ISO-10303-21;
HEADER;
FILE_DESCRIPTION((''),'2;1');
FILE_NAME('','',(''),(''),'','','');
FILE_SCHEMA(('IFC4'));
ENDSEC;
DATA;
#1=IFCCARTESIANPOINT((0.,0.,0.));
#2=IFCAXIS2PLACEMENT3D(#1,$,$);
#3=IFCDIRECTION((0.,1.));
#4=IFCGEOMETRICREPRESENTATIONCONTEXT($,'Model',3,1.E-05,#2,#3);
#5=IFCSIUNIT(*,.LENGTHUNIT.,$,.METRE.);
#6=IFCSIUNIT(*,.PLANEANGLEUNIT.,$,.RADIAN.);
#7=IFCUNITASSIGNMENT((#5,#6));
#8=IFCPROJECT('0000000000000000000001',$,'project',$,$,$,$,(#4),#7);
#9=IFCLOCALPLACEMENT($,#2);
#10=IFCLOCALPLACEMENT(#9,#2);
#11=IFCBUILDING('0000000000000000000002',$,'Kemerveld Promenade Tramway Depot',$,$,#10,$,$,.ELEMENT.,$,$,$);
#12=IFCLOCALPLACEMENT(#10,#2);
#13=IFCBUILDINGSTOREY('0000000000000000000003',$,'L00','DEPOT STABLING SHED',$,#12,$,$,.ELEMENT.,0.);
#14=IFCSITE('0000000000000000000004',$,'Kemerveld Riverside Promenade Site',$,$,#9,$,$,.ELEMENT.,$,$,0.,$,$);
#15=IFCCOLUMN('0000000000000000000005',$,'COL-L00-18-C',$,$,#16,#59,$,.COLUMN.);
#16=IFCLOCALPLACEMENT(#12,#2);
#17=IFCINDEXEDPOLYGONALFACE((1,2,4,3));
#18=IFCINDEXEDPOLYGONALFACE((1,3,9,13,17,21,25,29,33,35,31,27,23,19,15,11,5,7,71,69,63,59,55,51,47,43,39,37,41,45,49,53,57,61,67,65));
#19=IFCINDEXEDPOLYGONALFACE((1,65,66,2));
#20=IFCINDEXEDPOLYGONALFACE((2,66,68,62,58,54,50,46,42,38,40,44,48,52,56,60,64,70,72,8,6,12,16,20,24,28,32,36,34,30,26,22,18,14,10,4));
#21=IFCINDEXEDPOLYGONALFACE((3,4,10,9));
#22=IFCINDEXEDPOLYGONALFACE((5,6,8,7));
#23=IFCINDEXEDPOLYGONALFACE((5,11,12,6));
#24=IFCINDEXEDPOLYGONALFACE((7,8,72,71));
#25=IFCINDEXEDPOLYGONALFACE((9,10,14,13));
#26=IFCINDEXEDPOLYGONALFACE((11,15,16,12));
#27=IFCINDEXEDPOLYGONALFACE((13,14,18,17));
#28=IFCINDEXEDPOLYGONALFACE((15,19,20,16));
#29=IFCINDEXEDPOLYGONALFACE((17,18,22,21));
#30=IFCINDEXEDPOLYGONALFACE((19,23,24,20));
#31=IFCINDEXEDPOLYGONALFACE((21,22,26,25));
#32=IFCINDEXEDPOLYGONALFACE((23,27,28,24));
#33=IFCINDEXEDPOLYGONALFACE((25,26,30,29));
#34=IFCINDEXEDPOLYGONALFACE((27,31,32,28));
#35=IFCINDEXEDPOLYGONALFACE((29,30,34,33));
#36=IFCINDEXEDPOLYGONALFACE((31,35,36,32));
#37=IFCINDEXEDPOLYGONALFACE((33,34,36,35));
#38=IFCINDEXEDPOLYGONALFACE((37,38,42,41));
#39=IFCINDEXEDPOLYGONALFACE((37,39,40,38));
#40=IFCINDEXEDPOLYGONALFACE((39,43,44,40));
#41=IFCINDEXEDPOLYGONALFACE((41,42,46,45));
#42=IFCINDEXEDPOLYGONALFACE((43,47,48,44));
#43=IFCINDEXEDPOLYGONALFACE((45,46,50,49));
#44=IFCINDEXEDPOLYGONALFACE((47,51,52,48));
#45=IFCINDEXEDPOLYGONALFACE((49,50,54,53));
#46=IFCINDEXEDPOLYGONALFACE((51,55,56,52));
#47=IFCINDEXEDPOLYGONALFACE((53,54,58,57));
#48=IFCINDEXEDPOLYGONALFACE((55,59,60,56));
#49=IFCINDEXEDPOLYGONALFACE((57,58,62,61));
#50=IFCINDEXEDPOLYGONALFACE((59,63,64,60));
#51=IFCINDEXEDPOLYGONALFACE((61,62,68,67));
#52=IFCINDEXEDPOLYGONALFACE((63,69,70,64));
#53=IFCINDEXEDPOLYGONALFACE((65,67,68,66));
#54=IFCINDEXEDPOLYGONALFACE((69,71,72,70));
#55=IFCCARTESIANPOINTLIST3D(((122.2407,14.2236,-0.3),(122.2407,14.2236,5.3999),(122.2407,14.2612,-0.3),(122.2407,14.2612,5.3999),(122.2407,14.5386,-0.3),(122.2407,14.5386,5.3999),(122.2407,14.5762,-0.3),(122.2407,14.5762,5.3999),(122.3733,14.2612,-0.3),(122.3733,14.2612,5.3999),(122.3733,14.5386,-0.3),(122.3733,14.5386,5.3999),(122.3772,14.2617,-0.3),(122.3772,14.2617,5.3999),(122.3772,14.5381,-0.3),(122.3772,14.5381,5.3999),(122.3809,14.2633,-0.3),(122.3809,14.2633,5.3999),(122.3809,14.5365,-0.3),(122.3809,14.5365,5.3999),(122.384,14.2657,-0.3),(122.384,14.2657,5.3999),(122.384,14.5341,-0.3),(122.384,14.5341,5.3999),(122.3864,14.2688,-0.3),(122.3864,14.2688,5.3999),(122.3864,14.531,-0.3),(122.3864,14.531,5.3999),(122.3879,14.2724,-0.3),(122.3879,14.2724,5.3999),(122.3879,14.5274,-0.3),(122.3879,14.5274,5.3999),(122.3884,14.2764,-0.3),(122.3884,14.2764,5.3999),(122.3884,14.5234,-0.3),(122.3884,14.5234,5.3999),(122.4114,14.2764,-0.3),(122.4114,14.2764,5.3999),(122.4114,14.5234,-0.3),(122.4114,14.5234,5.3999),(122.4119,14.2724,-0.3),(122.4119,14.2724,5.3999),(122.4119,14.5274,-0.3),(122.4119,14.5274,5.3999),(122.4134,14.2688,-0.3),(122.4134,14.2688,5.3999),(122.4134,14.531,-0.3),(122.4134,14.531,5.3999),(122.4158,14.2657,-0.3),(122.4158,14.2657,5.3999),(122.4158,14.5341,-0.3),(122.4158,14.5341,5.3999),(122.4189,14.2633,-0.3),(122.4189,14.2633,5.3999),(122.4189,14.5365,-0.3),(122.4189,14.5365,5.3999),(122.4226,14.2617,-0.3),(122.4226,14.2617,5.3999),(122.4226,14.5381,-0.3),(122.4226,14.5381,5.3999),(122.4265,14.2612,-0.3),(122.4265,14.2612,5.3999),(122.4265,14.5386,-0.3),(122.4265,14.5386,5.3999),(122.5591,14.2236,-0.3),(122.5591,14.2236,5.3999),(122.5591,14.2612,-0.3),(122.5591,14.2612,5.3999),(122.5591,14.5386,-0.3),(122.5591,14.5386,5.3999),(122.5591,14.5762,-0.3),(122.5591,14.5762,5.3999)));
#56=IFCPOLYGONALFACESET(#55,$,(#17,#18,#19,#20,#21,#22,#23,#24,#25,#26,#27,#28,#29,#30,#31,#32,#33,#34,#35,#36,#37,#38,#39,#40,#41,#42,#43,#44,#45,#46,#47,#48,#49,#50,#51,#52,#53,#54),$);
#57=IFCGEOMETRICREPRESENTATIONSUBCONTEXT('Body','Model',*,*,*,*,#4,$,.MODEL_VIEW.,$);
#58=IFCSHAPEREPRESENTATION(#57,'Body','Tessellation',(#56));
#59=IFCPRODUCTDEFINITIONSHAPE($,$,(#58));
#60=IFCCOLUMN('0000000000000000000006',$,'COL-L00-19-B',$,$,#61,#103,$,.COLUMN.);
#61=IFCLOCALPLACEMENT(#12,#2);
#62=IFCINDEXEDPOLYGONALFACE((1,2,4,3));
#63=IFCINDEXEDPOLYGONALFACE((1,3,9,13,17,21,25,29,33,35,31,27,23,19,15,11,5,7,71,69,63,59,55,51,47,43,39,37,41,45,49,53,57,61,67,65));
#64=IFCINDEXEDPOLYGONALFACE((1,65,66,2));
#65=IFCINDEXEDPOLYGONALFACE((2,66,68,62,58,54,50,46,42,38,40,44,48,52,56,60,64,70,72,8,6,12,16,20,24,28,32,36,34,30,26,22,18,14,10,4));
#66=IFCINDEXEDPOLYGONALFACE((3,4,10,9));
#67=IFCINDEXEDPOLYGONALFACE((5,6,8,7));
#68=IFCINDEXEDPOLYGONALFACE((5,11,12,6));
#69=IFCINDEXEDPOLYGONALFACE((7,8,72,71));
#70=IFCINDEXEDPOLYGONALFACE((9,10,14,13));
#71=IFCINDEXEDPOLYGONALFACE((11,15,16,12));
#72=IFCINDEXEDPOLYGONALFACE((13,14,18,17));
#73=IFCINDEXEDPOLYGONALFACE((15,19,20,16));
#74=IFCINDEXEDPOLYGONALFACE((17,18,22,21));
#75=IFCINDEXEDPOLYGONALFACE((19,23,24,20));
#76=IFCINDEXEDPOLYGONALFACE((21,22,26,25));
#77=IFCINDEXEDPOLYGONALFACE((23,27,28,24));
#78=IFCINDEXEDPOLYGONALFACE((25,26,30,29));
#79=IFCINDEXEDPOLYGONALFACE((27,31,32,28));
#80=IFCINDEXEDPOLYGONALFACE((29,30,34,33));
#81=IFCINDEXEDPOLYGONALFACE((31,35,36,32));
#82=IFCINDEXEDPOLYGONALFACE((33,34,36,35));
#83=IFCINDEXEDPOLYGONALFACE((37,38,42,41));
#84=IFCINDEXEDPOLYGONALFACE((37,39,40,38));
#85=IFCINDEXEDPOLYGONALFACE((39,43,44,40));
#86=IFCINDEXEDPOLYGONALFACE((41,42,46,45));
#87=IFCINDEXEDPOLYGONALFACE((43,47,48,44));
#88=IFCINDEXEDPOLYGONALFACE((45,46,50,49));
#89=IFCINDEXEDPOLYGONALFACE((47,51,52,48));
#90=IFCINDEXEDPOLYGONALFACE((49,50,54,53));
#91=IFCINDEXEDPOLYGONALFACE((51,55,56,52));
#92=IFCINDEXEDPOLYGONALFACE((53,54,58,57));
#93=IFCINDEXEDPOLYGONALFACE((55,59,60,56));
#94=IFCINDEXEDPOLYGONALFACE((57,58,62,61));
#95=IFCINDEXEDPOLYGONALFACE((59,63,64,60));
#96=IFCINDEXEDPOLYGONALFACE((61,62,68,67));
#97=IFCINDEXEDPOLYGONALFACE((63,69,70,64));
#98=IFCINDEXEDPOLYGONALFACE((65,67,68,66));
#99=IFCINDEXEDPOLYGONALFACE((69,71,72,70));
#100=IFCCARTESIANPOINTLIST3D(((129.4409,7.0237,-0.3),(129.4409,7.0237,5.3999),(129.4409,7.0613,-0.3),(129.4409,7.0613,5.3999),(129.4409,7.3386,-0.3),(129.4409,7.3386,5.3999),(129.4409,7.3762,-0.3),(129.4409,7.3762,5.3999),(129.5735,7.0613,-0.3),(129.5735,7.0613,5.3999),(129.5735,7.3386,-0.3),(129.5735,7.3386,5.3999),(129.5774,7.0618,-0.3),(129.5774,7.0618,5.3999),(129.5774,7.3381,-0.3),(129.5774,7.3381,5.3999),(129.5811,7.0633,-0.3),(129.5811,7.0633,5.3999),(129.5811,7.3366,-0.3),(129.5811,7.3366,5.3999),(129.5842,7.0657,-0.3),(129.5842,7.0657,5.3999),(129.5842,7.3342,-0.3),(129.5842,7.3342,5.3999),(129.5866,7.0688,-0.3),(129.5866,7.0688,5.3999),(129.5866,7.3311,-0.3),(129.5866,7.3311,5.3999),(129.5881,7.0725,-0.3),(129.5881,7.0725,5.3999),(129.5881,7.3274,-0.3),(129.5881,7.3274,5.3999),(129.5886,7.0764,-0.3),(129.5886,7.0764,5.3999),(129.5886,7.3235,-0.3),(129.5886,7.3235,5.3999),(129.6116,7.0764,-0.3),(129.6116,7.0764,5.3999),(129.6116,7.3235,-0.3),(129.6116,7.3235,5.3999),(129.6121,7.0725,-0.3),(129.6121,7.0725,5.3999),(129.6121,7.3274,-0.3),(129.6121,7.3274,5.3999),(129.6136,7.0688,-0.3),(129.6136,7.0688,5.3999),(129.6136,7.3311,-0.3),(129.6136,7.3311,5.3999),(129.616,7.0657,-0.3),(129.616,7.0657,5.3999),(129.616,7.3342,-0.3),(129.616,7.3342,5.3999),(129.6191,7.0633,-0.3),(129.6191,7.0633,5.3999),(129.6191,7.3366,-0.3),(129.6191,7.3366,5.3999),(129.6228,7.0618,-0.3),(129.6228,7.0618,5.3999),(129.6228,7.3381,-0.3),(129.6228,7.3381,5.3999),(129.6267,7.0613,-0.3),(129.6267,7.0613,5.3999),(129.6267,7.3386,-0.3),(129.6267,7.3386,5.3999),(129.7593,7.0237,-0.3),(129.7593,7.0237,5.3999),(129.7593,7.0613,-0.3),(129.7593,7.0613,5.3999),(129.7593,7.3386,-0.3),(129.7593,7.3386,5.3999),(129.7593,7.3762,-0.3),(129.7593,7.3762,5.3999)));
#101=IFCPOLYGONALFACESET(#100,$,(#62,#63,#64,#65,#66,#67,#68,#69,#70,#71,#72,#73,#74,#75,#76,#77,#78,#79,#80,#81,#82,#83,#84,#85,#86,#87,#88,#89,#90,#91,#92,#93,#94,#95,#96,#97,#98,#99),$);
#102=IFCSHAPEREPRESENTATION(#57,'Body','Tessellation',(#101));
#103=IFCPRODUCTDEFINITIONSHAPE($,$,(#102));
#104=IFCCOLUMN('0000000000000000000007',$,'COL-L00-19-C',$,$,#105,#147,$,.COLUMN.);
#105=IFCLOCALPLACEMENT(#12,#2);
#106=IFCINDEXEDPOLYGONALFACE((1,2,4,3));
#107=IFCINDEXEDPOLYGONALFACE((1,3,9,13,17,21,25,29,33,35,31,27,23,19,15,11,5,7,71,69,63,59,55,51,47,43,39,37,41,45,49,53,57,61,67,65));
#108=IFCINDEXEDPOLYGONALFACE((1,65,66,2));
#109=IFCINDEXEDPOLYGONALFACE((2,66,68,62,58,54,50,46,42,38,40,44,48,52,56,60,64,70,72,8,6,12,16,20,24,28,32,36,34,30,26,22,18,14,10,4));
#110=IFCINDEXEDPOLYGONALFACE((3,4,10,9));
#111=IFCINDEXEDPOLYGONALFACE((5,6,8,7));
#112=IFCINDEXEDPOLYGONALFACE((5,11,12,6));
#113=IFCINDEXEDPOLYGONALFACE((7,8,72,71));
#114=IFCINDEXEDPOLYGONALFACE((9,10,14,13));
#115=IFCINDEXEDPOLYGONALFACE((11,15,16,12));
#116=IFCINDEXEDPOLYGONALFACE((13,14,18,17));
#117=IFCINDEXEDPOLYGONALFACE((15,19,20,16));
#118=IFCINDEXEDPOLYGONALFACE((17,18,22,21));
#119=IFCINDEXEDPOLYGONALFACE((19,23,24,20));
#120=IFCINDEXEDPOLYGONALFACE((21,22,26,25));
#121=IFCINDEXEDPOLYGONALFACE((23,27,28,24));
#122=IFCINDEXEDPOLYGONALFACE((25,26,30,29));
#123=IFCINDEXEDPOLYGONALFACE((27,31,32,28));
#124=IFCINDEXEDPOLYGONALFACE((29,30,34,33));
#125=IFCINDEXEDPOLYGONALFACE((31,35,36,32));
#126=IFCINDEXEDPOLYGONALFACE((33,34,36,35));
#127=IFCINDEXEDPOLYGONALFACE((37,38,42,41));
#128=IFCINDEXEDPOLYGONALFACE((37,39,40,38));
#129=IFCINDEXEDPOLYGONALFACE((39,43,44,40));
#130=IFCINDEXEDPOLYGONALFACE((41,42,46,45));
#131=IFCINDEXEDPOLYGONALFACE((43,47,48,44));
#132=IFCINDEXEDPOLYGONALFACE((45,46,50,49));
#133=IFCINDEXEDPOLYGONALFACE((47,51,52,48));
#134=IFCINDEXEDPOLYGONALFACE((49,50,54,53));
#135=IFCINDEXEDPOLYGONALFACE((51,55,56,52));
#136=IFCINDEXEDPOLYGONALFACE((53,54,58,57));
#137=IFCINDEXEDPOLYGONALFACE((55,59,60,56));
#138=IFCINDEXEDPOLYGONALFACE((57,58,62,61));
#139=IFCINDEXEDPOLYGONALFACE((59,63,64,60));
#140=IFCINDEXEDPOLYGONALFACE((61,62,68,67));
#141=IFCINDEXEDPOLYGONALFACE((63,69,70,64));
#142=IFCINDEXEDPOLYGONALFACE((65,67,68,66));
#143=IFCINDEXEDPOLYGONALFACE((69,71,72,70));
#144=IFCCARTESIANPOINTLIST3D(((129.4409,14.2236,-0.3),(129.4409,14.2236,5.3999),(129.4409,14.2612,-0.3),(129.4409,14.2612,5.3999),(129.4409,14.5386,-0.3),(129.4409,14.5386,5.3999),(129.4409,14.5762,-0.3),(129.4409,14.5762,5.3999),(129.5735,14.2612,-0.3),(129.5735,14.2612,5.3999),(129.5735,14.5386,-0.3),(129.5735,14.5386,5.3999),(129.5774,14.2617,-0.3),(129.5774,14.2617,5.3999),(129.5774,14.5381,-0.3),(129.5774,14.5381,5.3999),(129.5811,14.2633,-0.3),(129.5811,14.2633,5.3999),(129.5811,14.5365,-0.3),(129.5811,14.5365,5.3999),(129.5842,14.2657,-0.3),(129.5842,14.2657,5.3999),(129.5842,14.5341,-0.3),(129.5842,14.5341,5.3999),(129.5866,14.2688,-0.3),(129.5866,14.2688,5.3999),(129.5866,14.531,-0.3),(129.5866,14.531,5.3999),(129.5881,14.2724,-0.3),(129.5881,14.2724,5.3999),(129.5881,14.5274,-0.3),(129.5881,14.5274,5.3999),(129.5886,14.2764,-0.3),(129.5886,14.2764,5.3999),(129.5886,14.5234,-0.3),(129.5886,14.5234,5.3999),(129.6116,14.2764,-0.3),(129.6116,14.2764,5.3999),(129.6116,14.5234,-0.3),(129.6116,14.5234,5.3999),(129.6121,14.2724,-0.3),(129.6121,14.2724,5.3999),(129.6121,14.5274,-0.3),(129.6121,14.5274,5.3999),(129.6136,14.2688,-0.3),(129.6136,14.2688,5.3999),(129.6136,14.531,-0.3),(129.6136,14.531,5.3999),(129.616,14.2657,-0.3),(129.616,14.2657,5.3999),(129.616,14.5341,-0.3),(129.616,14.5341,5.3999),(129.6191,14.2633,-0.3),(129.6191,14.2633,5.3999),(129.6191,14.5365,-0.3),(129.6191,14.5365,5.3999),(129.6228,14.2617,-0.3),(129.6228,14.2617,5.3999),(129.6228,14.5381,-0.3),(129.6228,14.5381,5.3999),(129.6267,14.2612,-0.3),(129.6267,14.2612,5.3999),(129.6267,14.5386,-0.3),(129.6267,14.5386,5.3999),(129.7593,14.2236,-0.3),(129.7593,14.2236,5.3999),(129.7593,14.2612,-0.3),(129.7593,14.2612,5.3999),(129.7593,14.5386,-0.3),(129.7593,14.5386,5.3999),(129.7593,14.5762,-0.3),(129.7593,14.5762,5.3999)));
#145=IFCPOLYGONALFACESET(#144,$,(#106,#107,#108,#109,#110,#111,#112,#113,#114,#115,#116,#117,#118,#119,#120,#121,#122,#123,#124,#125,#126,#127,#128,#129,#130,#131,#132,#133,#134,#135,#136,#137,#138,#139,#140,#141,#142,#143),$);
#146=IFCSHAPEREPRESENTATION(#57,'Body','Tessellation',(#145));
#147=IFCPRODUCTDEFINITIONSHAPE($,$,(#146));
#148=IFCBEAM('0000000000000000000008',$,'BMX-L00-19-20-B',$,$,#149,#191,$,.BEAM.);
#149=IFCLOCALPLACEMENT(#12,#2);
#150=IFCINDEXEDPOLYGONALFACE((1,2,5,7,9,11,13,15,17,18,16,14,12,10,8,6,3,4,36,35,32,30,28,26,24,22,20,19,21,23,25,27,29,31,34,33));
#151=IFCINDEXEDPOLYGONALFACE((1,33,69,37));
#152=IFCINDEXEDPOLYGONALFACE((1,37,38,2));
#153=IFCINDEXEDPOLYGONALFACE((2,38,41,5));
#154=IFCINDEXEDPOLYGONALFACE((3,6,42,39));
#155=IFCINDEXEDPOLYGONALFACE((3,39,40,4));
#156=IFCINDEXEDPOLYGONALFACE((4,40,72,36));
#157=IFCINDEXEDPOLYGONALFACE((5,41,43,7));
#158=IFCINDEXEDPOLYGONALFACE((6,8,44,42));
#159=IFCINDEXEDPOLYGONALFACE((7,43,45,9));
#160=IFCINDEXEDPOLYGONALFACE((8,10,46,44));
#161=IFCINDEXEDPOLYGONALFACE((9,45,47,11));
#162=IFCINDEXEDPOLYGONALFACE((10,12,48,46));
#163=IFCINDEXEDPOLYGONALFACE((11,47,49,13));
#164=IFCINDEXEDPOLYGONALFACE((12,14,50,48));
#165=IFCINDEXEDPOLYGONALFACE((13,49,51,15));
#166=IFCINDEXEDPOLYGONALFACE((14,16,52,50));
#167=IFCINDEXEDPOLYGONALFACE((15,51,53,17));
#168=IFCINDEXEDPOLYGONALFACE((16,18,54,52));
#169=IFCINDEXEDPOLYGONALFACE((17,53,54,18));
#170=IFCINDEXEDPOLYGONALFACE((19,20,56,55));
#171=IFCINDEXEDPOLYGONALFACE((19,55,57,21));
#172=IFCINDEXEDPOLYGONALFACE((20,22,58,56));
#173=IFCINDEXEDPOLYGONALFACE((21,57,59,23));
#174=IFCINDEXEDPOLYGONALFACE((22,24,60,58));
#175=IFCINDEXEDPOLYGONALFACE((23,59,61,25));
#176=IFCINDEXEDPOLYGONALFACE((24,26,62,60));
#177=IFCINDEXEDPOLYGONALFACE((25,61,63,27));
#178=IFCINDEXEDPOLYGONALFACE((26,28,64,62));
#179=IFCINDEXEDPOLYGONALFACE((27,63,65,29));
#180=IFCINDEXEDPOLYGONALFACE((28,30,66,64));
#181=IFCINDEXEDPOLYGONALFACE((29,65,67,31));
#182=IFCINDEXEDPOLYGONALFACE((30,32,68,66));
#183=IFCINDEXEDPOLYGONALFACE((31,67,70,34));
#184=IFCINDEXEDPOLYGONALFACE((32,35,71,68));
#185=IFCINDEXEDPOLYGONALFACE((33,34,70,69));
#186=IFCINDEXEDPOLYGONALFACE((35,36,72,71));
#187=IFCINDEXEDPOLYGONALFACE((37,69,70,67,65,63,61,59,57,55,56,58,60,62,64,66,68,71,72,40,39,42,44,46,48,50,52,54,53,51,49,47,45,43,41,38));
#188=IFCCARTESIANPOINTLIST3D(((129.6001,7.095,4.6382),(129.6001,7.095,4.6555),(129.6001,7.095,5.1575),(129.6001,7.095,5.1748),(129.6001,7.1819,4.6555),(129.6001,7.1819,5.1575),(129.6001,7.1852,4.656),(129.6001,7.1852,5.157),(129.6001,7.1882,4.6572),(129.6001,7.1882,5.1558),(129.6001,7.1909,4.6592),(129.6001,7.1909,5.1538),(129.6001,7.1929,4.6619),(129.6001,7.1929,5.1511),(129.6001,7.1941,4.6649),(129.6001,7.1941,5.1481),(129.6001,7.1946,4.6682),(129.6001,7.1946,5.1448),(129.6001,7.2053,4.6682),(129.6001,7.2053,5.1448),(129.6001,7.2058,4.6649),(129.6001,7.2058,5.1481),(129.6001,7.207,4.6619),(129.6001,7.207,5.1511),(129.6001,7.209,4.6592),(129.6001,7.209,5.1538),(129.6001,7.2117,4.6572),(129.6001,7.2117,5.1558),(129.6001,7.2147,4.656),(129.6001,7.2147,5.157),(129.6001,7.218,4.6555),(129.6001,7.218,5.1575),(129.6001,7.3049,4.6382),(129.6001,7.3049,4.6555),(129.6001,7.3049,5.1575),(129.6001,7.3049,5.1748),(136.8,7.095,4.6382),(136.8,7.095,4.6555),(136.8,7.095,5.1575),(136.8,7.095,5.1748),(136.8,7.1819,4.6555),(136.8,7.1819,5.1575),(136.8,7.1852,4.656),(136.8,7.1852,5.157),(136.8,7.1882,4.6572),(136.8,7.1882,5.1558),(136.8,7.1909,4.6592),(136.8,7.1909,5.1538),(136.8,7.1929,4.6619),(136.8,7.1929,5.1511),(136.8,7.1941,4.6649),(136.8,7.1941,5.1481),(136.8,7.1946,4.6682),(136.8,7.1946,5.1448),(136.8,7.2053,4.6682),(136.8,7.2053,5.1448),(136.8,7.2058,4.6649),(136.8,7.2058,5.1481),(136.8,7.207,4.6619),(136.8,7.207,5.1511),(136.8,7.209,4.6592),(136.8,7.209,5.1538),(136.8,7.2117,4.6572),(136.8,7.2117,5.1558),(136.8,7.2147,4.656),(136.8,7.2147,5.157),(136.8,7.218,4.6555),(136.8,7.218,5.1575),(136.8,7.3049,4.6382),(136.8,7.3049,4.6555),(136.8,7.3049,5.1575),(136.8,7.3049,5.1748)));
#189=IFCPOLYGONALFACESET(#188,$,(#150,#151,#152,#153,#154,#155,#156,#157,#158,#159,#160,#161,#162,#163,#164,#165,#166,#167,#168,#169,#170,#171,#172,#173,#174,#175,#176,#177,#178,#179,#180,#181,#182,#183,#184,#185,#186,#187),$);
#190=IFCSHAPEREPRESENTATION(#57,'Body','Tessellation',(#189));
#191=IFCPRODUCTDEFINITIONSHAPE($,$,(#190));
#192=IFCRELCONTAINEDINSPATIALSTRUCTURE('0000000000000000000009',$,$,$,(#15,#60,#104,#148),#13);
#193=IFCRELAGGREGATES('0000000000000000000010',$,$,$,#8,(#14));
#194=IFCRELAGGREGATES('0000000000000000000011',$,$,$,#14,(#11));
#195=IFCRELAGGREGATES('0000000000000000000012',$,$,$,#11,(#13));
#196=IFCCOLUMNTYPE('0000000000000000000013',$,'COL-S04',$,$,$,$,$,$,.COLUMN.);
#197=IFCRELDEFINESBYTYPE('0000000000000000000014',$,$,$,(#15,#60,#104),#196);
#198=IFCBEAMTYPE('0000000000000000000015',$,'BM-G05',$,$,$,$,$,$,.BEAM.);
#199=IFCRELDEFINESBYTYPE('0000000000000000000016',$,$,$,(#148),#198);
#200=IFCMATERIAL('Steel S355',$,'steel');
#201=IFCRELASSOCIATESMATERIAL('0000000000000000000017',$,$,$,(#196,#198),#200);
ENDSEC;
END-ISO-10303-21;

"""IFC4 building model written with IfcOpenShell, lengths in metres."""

from ifc_helpers import new_model, si_unit, direction, frame, origin, origin_2d, place, context, subcontext, project, spatial, i_section, extrude, material, material_profile, profile_set, type_object, element, save


model = new_model("IFC4")

# Units and contexts
model_context = context("Model", 3, precision=1e-05, world=origin(), true_north=direction((0.0, 1.0)))
body_context = subcontext(model_context, "Body", "Model", "MODEL_VIEW")
ifc_project = project(units=[si_unit("LENGTHUNIT", "METRE"), si_unit("PLANEANGLEUNIT", "RADIAN")], contexts=[model_context])

# Site, building, storey
site_placement = place(None, origin())
site = spatial("IfcSite", under=ifc_project, at=site_placement, Name="Kemerveld Riverside Promenade Site", CompositionType="ELEMENT", RefElevation=0.0)
building_placement = place(site_placement, origin())
building = spatial("IfcBuilding", under=site, at=building_placement, Name="Kemerveld Promenade Tramway Depot", CompositionType="ELEMENT")
storey_placement = place(building_placement, origin())
storey = spatial("IfcBuildingStorey", under=building, at=storey_placement, Name="L00", Description="DEPOT STABLING SHED", CompositionType="ELEMENT", Elevation=0.0)

# Columns
ifc_material_1 = material(Name="Steel S355", Category="steel")
ifc_material_profile_1 = material_profile(ifc_material_1, i_section(OverallWidth=0.3184, OverallDepth=0.3525, WebThickness=0.0229, FlangeThickness=0.0376, FilletRadius=0.0151, at=origin_2d()), Name="305x305x240 UC")
ifc_profile_set_1 = profile_set([ifc_material_profile_1], Name="Steel S355")
column_type = type_object("IfcColumnType", Name="COL-S04", PredefinedType="COLUMN", material=ifc_profile_set_1)
for number, where, z_axis, x_axis, name in (
    (1, (122.3999, 14.3999, -0.3), (0.0, 0.0, 1.0), (1.0, 0.0, 0.0), "COL-L00-18-C"),
    (2, (129.6001, 7.2, -0.3), (0.0, 0.0, 1.0), (1.0, 0.0, 0.0), "COL-L00-19-B"),
    (3, (129.6001, 14.3999, -0.3), (0.0, 0.0, 1.0), (1.0, 0.0, 0.0), "COL-L00-19-C"),
):
    element("IfcColumn", number, at=place(storey_placement, frame(where, z_axis=z_axis, x_axis=x_axis)), inside=storey, type_object=column_type, Name=name, PredefinedType="COLUMN", context=body_context, shape_type="SweptSolid", body=[
        extrude(i_section(OverallWidth=0.3184, OverallDepth=0.3525, WebThickness=0.0229, FlangeThickness=0.0376, FilletRadius=0.0151, at=origin_2d()), origin(), (0.0, 0.0, 1.0), 5.7),
    ])

# Beam
ifc_material_profile_2 = material_profile(ifc_material_1, i_section(OverallWidth=0.21, OverallDepth=0.5366, WebThickness=0.0107, FlangeThickness=0.0173, FilletRadius=0.0127, at=origin_2d()), Name="533x210x101 UB")
ifc_profile_set_2 = profile_set([ifc_material_profile_2], Name="Steel S355")
beam_type_1 = type_object("IfcBeamType", Name="BM-G05", PredefinedType="BEAM", material=ifc_profile_set_2)
beam_1_placement = place(storey_placement, frame((129.6001, 7.2, 4.9065), z_axis=(1.0, 0.0, 0.0), x_axis=(0.0, 1.0, 0.0)))
element("IfcBeam", 4, at=beam_1_placement, inside=storey, type_object=beam_type_1, Name="BMX-L00-19-20-B", PredefinedType="BEAM", context=body_context, shape_type="SweptSolid", body=[
    extrude(i_section(OverallWidth=0.21, OverallDepth=0.5366, WebThickness=0.0107, FlangeThickness=0.0173, FilletRadius=0.0127, at=origin_2d()), origin(), (0.0, 0.0, 1.0), 7.2),
])

save(model, "model.ifc")
